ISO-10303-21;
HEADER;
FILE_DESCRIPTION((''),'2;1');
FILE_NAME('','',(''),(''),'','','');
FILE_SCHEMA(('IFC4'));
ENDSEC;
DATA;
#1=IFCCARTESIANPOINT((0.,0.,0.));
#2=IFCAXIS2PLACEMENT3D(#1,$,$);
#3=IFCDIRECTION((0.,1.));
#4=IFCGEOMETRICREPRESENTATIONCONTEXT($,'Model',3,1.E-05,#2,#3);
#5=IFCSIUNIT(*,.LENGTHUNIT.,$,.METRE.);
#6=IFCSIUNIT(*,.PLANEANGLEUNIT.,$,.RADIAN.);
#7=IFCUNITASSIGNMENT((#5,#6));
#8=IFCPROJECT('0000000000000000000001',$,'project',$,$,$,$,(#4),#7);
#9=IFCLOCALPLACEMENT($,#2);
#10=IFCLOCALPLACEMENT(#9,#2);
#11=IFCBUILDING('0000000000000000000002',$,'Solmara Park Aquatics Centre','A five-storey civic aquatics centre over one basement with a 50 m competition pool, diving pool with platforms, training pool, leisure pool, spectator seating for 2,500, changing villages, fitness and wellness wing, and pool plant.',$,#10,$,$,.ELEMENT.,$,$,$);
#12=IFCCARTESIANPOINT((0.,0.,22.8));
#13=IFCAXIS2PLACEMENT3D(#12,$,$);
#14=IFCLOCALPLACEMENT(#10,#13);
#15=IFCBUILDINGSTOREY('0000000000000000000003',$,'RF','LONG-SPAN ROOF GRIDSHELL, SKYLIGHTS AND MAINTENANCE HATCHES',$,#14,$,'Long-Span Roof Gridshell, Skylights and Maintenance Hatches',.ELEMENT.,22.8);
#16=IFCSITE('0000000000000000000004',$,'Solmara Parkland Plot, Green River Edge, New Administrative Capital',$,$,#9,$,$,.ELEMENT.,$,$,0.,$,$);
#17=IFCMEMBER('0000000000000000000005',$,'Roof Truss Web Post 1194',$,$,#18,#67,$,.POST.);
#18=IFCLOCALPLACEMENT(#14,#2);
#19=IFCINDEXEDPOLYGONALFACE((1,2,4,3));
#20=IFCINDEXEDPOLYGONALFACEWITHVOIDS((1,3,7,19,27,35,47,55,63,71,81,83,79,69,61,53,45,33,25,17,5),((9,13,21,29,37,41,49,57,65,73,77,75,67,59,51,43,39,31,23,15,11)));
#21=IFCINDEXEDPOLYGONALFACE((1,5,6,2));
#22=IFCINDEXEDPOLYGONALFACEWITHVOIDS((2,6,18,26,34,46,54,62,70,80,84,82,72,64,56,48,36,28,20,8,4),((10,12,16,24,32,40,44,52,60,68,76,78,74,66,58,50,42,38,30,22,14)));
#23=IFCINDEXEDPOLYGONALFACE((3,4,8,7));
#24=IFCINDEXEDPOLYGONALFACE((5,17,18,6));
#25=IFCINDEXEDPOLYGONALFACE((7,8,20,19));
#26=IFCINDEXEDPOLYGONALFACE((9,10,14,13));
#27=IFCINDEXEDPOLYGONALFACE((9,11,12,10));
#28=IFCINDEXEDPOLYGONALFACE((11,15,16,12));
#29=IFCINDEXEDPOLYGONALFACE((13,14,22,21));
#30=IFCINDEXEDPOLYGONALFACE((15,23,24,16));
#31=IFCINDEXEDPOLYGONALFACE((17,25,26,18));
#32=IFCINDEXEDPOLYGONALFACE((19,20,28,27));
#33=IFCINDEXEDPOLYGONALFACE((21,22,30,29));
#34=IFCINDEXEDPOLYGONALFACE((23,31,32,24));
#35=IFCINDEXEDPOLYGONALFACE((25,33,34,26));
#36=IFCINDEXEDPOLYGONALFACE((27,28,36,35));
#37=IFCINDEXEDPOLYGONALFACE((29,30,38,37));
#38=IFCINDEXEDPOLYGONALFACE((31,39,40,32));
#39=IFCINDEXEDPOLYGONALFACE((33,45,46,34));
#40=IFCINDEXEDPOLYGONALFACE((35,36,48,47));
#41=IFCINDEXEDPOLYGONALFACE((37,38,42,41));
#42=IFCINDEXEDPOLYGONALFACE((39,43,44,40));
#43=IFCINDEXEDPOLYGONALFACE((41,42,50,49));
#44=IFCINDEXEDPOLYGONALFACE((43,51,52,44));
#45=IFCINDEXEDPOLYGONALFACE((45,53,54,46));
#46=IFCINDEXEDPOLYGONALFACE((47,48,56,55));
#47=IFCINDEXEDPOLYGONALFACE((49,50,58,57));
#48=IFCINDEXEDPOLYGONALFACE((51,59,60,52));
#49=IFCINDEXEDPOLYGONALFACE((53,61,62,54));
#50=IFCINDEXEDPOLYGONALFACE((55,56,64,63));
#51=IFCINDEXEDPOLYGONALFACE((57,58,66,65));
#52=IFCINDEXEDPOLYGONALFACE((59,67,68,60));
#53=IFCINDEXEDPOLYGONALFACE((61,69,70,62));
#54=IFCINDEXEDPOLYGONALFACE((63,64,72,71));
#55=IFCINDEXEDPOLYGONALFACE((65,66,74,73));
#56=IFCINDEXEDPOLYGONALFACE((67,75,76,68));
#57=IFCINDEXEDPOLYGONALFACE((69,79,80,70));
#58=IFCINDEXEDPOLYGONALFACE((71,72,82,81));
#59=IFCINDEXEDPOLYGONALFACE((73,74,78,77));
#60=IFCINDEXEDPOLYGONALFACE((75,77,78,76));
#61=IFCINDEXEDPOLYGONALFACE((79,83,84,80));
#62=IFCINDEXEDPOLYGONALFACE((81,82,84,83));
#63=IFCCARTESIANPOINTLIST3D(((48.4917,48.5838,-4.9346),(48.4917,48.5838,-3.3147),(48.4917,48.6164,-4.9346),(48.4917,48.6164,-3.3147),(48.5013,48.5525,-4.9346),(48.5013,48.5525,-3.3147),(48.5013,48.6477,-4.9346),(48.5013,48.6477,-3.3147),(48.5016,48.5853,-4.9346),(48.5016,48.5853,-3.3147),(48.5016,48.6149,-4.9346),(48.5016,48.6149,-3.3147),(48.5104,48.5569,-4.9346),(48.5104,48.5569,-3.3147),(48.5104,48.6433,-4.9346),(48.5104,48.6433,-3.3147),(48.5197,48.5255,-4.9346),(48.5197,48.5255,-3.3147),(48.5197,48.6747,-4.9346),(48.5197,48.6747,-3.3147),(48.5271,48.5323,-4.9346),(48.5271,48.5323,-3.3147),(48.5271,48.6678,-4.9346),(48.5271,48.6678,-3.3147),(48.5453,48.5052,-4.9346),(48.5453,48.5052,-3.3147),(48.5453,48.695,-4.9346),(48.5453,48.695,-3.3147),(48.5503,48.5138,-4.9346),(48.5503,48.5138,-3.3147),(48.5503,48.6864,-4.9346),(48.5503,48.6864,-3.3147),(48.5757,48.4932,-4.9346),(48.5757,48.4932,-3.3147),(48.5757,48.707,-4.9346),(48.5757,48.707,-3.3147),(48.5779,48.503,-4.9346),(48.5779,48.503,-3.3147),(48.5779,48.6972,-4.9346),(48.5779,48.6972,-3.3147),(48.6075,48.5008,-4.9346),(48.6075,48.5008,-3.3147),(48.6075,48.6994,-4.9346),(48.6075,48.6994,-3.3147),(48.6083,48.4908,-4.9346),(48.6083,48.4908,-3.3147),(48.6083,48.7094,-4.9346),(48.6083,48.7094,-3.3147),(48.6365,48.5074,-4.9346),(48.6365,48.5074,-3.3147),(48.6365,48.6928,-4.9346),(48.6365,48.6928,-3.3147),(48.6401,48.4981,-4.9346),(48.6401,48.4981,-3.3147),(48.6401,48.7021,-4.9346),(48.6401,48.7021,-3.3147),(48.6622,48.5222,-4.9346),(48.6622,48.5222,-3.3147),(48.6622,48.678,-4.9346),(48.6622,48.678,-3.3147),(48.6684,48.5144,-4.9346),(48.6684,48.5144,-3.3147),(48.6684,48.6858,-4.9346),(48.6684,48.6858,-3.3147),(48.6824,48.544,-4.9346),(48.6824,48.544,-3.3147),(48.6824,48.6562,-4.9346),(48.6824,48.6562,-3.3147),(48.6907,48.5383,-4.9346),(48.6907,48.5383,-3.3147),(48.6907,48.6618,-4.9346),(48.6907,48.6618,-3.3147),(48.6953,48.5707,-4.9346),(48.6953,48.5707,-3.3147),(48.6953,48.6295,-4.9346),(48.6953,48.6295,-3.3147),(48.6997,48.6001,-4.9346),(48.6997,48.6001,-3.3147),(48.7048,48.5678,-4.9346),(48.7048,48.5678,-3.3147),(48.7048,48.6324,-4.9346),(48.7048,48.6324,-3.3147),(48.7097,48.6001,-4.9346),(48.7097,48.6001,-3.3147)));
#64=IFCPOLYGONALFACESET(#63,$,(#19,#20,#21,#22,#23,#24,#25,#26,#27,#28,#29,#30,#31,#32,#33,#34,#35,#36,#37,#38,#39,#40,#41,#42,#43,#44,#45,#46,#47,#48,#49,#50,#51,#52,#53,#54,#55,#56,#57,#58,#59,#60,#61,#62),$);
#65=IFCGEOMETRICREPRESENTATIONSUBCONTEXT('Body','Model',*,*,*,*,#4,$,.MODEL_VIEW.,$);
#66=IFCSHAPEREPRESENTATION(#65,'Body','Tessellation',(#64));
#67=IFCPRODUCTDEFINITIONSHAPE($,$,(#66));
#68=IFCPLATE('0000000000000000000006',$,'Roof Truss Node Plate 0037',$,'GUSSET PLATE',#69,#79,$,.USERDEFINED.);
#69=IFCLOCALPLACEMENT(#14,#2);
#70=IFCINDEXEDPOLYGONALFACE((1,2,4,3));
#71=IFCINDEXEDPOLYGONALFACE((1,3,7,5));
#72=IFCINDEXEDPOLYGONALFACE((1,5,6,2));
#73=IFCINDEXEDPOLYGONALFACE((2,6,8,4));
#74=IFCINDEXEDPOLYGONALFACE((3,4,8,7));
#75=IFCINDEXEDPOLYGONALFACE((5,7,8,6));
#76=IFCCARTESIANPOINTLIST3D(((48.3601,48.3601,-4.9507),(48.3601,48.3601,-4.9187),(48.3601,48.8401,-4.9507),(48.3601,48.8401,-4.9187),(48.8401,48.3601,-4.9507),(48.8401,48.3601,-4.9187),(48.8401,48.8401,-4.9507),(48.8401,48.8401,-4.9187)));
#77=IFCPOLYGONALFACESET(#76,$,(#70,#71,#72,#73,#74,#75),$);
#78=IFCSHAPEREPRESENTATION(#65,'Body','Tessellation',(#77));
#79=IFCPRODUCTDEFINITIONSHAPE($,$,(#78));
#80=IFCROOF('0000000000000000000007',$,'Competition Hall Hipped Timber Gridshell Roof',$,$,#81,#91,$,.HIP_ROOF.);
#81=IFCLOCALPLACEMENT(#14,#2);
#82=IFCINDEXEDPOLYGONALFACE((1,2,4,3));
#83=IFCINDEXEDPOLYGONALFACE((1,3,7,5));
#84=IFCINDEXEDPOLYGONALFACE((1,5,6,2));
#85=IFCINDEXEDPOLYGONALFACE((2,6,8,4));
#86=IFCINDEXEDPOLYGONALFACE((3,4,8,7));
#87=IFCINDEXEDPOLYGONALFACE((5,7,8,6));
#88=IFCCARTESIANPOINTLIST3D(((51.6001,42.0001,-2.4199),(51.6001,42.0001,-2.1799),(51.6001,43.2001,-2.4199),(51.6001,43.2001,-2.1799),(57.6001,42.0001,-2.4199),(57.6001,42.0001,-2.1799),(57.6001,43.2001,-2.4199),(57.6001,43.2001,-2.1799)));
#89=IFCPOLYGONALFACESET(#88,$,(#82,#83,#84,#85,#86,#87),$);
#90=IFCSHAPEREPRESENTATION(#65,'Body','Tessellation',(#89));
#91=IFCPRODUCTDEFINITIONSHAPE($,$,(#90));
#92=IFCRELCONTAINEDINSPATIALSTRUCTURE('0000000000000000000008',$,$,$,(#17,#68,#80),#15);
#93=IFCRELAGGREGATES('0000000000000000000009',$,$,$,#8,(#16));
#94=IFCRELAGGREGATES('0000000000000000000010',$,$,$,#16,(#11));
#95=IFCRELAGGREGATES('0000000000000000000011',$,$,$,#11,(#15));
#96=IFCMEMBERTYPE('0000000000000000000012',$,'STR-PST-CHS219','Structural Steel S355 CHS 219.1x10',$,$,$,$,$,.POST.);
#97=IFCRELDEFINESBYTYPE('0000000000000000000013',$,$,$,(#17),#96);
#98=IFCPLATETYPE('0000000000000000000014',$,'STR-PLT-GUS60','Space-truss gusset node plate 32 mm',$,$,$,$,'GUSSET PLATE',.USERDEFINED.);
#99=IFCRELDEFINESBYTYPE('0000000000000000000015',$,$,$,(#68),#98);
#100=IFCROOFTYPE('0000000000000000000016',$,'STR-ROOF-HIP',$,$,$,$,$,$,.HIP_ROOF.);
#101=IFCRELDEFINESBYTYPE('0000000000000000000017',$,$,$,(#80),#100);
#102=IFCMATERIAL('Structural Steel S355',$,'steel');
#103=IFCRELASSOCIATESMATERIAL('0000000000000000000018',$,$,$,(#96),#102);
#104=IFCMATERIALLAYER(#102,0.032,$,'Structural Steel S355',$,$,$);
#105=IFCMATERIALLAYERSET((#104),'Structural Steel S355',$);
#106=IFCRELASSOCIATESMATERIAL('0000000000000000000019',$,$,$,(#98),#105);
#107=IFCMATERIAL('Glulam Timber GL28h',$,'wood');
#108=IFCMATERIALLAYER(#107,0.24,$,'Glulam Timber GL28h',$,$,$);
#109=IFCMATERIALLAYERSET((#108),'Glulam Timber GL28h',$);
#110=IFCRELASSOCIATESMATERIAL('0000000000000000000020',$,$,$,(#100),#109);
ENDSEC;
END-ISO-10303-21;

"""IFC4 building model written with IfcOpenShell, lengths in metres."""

from ifc_helpers import new_model, si_unit, direction, frame, origin, origin_2d, place, context, subcontext, project, spatial, rectangle, hollow_circle, extrude, material, layer, layer_set, material_profile, profile_set, type_object, element, save


model = new_model("IFC4")

# Units and contexts
model_context = context("Model", 3, precision=1e-05, world=origin(), true_north=direction((0.0, 1.0)))
body_context = subcontext(model_context, "Body", "Model", "MODEL_VIEW")
ifc_project = project(units=[si_unit("LENGTHUNIT", "METRE"), si_unit("PLANEANGLEUNIT", "RADIAN")], contexts=[model_context])

# Site, building, storey
site_placement = place(None, origin())
site = spatial("IfcSite", under=ifc_project, at=site_placement, Name="Solmara Parkland Plot, Green River Edge, New Administrative Capital", CompositionType="ELEMENT", RefElevation=0.0)
building_placement = place(site_placement, origin())
building = spatial("IfcBuilding", under=site, at=building_placement, Name="Solmara Park Aquatics Centre", Description="A five-storey civic aquatics centre over one basement with a 50 m competition pool, diving pool with platforms, training pool, leisure pool, spectator seating for 2,500, changing villages, fitness and wellness wing, and pool plant.", CompositionType="ELEMENT")
storey_placement = place(building_placement, frame((0.0, 0.0, 22.8)))
storey = spatial("IfcBuildingStorey", under=building, at=storey_placement, Name="RF", Description="LONG-SPAN ROOF GRIDSHELL, SKYLIGHTS AND MAINTENANCE HATCHES", LongName="Long-Span Roof Gridshell, Skylights and Maintenance Hatches", CompositionType="ELEMENT", Elevation=22.8)

# Member
ifc_material_1 = material(Name="Structural Steel S355", Category="steel")
ifc_material_2 = material(Name="Glulam Timber GL28h", Category="wood")
ifc_material_profile_1 = material_profile(ifc_material_1, hollow_circle(Radius=0.1096, WallThickness=0.01, at=origin_2d()), Name="CHS 219.1x10")
ifc_profile_set_1 = profile_set([ifc_material_profile_1], Name="Structural Steel S355")
member_type_1 = type_object("IfcMemberType", Name="STR-PST-CHS219", Description="Structural Steel S355 CHS 219.1x10", PredefinedType="POST", material=ifc_profile_set_1)
member_1_placement = place(storey_placement, frame((48.6001, 48.6001, -4.9346), z_axis=(0.0, 0.0, 1.0), x_axis=(1.0, 0.0, 0.0)))
element("IfcMember", 1, at=member_1_placement, inside=storey, type_object=member_type_1, Name="Roof Truss Web Post 1194", PredefinedType="POST", context=body_context, shape_type="SweptSolid", body=[
    extrude(hollow_circle(Radius=0.1096, WallThickness=0.01, at=origin_2d()), origin(), (0.0, 0.0, 1.0), 1.6199),
])

# Plate
ifc_layer_1 = layer(ifc_material_1, 0.032, Name="Structural Steel S355")
ifc_layer_set_1 = layer_set([ifc_layer_1], Name="Structural Steel S355")
plate_type = type_object("IfcPlateType", Name="STR-PLT-GUS60", Description="Space-truss gusset node plate 32 mm", ElementType="GUSSET PLATE", PredefinedType="USERDEFINED", material=ifc_layer_set_1)
plate_placement = place(storey_placement, frame((48.6001, 48.6001, -4.9507), z_axis=(0.0, 0.0, 1.0), x_axis=(1.0, 0.0, 0.0)))
element("IfcPlate", 2, at=plate_placement, inside=storey, type_object=plate_type, Name="Roof Truss Node Plate 0037", ObjectType="GUSSET PLATE", PredefinedType="USERDEFINED", context=body_context, shape_type="SweptSolid", body=[
    extrude(rectangle(XDim=0.48, YDim=0.48, at=origin_2d()), origin(), (0.0, 0.0, 1.0), 0.032),
])

# Roof
ifc_layer_2 = layer(ifc_material_2, 0.24, Name="Glulam Timber GL28h")
ifc_layer_set_2 = layer_set([ifc_layer_2], Name="Glulam Timber GL28h")
roof_type = type_object("IfcRoofType", Name="STR-ROOF-HIP", PredefinedType="HIP_ROOF", material=ifc_layer_set_2)
roof_placement = place(storey_placement, frame((54.6001, 42.6001, -2.4199), z_axis=(0.0, 0.0, 1.0), x_axis=(1.0, 0.0, 0.0)))
element("IfcRoof", 3, at=roof_placement, inside=storey, type_object=roof_type, Name="Competition Hall Hipped Timber Gridshell Roof", PredefinedType="HIP_ROOF", context=body_context, shape_type="SweptSolid", body=[
    extrude(rectangle(XDim=6.0, YDim=1.2, at=origin_2d()), origin(), (0.0, 0.0, 1.0), 0.24),
])

save(model, "model.ifc")
